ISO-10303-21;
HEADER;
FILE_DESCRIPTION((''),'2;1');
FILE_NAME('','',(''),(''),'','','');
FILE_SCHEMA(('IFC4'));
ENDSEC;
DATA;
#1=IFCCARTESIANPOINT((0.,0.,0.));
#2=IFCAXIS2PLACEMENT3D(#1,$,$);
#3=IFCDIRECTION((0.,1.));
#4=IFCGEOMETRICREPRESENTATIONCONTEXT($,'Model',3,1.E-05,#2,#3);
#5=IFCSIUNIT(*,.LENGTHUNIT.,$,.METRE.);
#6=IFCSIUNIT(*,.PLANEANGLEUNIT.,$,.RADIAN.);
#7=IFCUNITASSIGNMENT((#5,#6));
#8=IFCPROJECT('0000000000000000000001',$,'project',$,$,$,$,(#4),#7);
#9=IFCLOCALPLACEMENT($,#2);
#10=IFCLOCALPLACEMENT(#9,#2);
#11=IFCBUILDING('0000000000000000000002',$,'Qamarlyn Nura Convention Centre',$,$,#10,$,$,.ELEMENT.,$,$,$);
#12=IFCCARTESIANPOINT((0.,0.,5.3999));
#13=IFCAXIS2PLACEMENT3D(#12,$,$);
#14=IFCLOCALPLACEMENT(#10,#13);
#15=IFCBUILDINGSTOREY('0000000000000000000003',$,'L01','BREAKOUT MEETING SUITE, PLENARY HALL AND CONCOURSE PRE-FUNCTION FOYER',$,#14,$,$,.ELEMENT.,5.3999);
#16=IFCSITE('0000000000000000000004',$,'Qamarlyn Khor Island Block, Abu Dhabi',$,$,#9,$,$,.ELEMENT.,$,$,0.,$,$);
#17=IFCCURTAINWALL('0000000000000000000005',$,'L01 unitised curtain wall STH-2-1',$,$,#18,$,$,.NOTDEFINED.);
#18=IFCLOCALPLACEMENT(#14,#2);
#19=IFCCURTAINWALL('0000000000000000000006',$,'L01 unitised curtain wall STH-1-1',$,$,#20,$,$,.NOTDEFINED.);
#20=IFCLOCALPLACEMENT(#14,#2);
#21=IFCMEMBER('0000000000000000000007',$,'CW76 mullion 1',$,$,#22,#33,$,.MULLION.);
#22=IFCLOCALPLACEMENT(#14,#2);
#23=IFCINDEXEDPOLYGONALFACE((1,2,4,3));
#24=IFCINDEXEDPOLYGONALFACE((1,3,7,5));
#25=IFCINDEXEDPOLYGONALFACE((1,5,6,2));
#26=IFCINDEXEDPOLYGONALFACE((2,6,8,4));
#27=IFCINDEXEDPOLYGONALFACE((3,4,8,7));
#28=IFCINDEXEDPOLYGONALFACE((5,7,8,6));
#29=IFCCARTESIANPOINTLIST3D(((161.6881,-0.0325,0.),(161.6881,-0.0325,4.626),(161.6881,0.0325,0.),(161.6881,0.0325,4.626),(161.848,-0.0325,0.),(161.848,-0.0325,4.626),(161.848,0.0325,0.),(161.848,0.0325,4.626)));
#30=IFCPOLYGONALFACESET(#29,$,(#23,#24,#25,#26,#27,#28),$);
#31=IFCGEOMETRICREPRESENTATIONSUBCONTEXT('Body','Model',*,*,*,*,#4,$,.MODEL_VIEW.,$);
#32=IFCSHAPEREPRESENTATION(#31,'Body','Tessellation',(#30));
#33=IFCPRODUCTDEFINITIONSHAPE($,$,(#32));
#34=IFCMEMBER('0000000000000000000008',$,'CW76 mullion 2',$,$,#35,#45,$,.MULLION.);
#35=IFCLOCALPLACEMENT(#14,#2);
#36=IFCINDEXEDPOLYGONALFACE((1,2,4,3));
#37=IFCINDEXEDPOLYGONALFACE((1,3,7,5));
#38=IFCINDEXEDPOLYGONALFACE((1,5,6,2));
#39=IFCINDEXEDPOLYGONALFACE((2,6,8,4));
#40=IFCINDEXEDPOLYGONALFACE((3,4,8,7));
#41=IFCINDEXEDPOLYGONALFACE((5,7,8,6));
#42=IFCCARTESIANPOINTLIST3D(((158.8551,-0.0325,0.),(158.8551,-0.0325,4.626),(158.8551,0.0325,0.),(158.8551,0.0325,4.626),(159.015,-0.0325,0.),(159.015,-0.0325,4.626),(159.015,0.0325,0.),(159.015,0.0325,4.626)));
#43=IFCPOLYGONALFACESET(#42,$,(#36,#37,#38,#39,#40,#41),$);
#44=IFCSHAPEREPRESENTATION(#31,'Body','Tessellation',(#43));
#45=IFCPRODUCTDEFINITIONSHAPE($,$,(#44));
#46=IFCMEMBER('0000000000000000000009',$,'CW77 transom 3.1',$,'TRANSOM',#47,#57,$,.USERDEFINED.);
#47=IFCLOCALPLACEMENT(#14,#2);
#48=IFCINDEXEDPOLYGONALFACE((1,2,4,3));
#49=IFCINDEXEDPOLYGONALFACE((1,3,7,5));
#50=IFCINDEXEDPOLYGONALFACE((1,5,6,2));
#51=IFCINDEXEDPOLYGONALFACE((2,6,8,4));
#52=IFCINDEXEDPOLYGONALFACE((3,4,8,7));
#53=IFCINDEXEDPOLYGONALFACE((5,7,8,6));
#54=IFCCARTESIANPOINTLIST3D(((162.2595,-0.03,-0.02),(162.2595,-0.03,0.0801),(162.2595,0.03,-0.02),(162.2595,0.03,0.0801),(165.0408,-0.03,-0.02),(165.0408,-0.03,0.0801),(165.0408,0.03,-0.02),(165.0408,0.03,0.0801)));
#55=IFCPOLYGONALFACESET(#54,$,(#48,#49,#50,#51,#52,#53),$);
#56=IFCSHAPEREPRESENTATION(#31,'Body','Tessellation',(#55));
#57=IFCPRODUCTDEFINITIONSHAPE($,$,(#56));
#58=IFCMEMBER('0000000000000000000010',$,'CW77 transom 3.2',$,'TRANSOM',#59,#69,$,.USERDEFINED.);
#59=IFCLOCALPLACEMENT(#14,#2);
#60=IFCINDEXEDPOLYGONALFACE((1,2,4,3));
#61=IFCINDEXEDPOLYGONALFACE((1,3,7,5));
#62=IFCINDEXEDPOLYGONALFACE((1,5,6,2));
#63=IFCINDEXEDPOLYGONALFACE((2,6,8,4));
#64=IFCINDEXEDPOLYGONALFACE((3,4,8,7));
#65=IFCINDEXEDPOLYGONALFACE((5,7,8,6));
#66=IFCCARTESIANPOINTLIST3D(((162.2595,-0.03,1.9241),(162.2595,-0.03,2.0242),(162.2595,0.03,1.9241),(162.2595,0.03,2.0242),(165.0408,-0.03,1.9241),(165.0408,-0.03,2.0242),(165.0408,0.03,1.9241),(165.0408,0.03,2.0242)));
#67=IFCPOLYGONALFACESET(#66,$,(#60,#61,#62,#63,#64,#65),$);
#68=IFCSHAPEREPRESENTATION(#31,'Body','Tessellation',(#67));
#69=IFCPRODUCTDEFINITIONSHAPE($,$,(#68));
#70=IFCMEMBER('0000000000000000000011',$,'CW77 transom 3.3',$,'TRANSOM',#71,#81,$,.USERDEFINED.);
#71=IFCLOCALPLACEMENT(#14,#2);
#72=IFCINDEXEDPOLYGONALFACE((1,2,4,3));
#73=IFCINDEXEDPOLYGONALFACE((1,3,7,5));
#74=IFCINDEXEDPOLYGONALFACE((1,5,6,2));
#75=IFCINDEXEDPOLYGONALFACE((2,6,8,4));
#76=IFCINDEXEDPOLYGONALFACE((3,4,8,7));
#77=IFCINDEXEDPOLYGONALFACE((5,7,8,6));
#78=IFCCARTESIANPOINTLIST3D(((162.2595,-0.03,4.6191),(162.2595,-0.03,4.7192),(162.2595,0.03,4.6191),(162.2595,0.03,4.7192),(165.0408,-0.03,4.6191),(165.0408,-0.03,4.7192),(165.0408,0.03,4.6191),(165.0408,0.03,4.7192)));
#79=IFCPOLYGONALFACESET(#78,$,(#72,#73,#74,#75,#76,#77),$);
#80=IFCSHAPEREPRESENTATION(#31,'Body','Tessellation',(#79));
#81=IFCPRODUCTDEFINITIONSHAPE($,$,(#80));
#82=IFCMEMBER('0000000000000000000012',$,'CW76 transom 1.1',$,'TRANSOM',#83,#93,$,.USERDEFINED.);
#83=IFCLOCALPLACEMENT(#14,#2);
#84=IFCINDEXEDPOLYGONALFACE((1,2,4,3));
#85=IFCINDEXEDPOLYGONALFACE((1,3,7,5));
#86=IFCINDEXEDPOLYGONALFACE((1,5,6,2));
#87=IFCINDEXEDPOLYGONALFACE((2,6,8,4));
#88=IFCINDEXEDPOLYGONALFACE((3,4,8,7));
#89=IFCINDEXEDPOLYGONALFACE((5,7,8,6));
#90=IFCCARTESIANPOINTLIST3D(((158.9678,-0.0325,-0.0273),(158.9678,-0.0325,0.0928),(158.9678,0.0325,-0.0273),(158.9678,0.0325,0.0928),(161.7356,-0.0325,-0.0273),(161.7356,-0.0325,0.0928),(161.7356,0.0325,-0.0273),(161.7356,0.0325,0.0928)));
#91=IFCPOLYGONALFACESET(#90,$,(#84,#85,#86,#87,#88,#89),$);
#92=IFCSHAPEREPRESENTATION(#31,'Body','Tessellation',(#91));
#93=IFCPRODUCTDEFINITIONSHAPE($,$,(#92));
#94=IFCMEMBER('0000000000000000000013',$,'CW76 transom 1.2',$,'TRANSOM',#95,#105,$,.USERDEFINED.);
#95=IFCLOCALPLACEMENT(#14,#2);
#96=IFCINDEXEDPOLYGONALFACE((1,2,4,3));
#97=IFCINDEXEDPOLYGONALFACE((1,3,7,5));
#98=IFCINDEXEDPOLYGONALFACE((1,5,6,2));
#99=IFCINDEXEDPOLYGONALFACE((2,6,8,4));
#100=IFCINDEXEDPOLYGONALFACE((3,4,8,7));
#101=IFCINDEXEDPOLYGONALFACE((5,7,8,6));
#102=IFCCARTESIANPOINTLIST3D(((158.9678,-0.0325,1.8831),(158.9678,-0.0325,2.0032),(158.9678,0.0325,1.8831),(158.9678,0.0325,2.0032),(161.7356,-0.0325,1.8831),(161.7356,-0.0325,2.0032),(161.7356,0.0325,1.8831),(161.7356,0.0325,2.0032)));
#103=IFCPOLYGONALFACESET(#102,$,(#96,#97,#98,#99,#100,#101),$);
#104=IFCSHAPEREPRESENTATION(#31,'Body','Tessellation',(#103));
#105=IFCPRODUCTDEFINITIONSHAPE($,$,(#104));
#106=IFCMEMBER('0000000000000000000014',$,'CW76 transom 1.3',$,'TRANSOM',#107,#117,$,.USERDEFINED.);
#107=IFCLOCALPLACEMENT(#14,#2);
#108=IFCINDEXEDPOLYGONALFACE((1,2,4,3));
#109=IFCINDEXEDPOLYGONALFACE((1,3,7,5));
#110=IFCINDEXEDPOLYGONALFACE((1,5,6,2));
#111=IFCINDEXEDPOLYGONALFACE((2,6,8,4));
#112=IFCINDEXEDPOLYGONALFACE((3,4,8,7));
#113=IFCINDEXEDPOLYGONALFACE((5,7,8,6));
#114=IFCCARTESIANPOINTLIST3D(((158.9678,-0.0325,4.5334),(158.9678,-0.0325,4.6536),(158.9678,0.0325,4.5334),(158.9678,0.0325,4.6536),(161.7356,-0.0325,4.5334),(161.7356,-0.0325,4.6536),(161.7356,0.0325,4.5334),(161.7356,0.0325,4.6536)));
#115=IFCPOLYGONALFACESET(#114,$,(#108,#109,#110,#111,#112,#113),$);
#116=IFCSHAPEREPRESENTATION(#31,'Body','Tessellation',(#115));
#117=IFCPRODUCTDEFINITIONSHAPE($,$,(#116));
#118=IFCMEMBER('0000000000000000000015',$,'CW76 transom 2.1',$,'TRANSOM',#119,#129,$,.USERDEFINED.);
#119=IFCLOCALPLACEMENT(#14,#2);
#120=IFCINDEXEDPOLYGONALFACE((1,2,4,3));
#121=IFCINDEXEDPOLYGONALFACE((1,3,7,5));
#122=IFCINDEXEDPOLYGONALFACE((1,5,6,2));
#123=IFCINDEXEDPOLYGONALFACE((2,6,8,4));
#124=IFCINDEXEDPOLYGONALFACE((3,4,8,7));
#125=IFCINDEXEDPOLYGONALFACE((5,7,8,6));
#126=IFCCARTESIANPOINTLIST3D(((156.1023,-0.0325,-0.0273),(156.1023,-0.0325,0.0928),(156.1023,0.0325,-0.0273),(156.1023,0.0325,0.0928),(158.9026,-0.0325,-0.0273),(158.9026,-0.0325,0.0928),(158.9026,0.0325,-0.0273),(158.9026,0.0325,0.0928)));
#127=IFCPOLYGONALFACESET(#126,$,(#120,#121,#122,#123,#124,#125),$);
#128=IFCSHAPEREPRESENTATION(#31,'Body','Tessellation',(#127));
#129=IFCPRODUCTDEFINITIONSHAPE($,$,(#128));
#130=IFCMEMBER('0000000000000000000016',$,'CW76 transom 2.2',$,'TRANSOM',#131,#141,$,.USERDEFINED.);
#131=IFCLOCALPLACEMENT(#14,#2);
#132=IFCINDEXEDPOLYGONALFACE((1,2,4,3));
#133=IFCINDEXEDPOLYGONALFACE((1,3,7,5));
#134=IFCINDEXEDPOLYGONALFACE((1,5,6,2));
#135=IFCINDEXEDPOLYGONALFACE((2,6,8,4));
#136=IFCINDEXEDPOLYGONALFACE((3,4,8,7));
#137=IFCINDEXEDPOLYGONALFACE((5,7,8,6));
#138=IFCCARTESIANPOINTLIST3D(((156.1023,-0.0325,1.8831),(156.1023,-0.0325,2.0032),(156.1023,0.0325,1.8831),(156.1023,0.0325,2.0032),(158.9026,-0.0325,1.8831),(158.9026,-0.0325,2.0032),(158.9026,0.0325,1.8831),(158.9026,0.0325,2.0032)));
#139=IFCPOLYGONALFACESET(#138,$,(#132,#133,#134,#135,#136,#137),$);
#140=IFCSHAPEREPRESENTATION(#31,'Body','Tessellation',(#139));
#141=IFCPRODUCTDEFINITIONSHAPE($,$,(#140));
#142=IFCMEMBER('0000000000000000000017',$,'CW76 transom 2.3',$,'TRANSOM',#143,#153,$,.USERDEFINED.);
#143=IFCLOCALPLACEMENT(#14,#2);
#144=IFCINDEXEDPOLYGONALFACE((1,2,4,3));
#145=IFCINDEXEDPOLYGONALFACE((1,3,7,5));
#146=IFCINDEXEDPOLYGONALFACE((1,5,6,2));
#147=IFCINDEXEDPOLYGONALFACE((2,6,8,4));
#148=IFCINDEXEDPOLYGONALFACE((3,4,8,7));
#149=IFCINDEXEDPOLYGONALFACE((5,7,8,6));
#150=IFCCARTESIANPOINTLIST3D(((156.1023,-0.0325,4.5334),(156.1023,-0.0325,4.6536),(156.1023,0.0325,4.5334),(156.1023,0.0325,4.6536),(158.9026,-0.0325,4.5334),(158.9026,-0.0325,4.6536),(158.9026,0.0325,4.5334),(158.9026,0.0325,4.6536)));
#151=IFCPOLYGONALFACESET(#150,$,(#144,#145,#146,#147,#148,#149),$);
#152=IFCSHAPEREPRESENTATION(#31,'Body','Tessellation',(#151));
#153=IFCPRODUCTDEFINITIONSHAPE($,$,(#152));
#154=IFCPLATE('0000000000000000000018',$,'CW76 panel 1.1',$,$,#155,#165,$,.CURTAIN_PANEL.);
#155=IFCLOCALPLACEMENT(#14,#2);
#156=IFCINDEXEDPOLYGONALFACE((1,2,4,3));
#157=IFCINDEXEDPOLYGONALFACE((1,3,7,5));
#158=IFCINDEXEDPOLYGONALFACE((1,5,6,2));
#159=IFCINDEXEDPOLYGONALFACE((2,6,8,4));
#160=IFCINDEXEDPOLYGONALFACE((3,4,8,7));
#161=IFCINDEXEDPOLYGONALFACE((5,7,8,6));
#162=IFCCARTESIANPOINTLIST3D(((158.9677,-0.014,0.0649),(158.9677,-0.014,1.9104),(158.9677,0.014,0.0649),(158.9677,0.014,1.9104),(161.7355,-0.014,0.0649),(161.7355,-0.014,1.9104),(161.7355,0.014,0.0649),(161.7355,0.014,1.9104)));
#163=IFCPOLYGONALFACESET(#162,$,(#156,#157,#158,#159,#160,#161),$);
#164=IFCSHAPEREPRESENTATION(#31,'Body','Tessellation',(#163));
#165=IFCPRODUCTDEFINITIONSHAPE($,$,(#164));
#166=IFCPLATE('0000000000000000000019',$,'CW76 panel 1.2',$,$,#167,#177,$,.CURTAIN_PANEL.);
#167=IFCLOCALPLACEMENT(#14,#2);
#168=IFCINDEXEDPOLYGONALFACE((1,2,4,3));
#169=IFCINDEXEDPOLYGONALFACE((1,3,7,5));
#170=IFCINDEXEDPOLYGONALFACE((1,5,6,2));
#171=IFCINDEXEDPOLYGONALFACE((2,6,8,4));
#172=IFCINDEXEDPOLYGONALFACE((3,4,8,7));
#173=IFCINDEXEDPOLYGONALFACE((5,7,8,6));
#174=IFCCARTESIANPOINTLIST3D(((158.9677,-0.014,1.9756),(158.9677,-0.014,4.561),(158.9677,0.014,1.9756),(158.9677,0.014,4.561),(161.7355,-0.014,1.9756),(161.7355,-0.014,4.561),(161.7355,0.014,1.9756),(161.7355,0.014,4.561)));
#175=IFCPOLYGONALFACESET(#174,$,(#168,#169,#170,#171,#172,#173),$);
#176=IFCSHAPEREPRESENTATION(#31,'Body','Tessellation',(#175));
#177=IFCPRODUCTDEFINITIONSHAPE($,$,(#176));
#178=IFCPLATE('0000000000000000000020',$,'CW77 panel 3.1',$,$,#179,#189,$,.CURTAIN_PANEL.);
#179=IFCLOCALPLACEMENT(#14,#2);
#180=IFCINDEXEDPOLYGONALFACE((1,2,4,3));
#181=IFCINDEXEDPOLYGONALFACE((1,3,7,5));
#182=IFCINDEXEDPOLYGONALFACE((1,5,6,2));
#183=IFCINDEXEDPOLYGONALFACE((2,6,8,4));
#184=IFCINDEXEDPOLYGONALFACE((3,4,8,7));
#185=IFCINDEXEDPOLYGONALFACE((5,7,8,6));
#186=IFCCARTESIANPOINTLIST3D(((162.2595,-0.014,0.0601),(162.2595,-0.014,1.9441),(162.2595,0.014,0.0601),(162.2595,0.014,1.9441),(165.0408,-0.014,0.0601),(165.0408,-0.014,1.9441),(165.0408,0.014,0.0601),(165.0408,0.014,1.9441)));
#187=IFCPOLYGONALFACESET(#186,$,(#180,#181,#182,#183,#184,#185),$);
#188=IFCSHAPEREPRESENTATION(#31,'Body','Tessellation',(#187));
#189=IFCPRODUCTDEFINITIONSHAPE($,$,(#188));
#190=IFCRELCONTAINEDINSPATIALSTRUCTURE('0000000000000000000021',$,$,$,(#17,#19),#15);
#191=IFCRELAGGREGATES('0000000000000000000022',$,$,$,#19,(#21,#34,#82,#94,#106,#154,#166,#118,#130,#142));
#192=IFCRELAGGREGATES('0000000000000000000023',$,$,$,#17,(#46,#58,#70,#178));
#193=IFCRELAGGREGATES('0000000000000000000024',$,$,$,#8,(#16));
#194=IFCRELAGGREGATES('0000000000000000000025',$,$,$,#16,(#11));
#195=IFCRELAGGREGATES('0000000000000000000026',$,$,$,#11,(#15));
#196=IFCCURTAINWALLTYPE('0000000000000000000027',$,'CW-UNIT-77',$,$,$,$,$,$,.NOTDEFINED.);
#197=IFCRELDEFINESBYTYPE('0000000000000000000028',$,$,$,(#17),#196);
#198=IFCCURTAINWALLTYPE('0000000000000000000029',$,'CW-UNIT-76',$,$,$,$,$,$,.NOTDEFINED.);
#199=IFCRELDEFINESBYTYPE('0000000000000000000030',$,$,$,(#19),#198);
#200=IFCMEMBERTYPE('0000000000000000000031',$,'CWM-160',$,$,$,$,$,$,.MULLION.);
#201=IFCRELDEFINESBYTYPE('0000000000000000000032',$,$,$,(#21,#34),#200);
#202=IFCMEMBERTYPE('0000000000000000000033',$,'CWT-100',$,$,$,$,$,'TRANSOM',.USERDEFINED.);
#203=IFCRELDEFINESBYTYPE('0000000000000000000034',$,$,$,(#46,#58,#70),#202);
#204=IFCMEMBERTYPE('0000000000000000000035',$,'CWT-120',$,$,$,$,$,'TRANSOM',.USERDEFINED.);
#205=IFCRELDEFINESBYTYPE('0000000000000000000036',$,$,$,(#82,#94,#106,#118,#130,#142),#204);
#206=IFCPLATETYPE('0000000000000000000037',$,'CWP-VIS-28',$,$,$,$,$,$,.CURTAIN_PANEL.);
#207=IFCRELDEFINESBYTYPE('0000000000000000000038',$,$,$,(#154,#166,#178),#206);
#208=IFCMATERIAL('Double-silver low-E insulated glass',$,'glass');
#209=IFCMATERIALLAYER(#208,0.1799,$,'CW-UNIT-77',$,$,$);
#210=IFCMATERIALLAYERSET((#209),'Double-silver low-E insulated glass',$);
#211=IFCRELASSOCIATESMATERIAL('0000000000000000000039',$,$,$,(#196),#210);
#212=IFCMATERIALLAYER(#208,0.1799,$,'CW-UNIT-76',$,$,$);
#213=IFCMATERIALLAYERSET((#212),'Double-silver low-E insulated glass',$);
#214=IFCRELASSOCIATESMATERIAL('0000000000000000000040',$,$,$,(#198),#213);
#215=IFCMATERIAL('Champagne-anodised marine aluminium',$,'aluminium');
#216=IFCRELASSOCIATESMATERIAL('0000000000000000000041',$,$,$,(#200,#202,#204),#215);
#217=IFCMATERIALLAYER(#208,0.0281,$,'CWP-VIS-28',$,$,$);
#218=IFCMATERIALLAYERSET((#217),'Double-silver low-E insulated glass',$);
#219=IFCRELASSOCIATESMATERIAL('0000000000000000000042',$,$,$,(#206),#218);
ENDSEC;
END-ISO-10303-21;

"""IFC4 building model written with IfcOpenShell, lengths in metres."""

from ifc_helpers import new_model, si_unit, direction, frame, origin, origin_2d, place, context, subcontext, project, spatial, rectangle, extrude, material, layer, layer_set, material_profile, profile_set, type_object, element, aggregate, save


model = new_model("IFC4")

# Units and contexts
model_context = context("Model", 3, precision=1e-05, world=origin(), true_north=direction((0.0, 1.0)))
body_context = subcontext(model_context, "Body", "Model", "MODEL_VIEW")
ifc_project = project(units=[si_unit("LENGTHUNIT", "METRE"), si_unit("PLANEANGLEUNIT", "RADIAN")], contexts=[model_context])

# Site, building, storey
site_placement = place(None, origin())
site = spatial("IfcSite", under=ifc_project, at=site_placement, Name="Qamarlyn Khor Island Block, Abu Dhabi", CompositionType="ELEMENT", RefElevation=0.0)
building_placement = place(site_placement, origin())
building = spatial("IfcBuilding", under=site, at=building_placement, Name="Qamarlyn Nura Convention Centre", CompositionType="ELEMENT")
storey_placement = place(building_placement, frame((0.0, 0.0, 5.3999)))
storey = spatial("IfcBuildingStorey", under=building, at=storey_placement, Name="L01", Description="BREAKOUT MEETING SUITE, PLENARY HALL AND CONCOURSE PRE-FUNCTION FOYER", CompositionType="ELEMENT", Elevation=5.3999)

# Curtain wall
ifc_material_1 = material(Name="Double-silver low-E insulated glass", Category="glass")
ifc_layer_1 = layer(ifc_material_1, 0.1799, Name="CW-UNIT-77")
ifc_layer_set_1 = layer_set([ifc_layer_1], Name="Double-silver low-E insulated glass")
curtain_wall_type_1 = type_object("IfcCurtainWallType", Name="CW-UNIT-77", PredefinedType="NOTDEFINED", material=ifc_layer_set_1)
curtain_wall_1_placement = place(storey_placement, origin())
curtain_wall_1 = element("IfcCurtainWall", 1, at=curtain_wall_1_placement, inside=storey, type_object=curtain_wall_type_1, Name="L01 unitised curtain wall STH-2-1", PredefinedType="NOTDEFINED")
ifc_material_2 = material(Name="Champagne-anodised marine aluminium", Category="aluminium")

# Curtain wall, members
ifc_layer_2 = layer(ifc_material_1, 0.1799, Name="CW-UNIT-76")
ifc_layer_set_2 = layer_set([ifc_layer_2], Name="Double-silver low-E insulated glass")
curtain_wall_type_2 = type_object("IfcCurtainWallType", Name="CW-UNIT-76", PredefinedType="NOTDEFINED", material=ifc_layer_set_2)
curtain_wall_2_placement = place(storey_placement, origin())
curtain_wall_2 = element("IfcCurtainWall", 2, at=curtain_wall_2_placement, inside=storey, type_object=curtain_wall_type_2, Name="L01 unitised curtain wall STH-1-1", PredefinedType="NOTDEFINED")
ifc_material_profile_1 = material_profile(ifc_material_2, rectangle(XDim=0.0649, YDim=0.1599, at=origin_2d()), Name="ALU MULLION 65x160")
ifc_profile_set_1 = profile_set([ifc_material_profile_1], Name="Champagne-anodised marine aluminium")
member_type_1 = type_object("IfcMemberType", Name="CWM-160", PredefinedType="MULLION", material=ifc_profile_set_1)
member_1_placement = place(storey_placement, frame((161.7681, 0.0, 0.0), z_axis=(0.0, 0.0, 1.0), x_axis=(0.0, -1.0, 0.0)))
member_1 = element("IfcMember", 3, at=member_1_placement, type_object=member_type_1, Name="CW76 mullion 1", PredefinedType="MULLION", context=body_context, shape_type="SweptSolid", body=[
    extrude(rectangle(XDim=0.0649, YDim=0.1599, at=origin_2d()), origin(), (0.0, 0.0, 1.0), 4.626),
])
member_2_placement = place(storey_placement, frame((158.9351, 0.0, 0.0), z_axis=(0.0, 0.0, 1.0), x_axis=(0.0, -1.0, 0.0)))
member_2 = element("IfcMember", 4, at=member_2_placement, type_object=member_type_1, Name="CW76 mullion 2", PredefinedType="MULLION", context=body_context, shape_type="SweptSolid", body=[
    extrude(rectangle(XDim=0.0649, YDim=0.1599, at=origin_2d()), origin(), (0.0, 0.0, 1.0), 4.626),
])

# Members
ifc_material_profile_2 = material_profile(ifc_material_2, rectangle(XDim=0.0601, YDim=0.1001, at=origin_2d()), Name="ALU TRANSOM 60x100")
ifc_profile_set_2 = profile_set([ifc_material_profile_2], Name="Champagne-anodised marine aluminium")
member_type_2 = type_object("IfcMemberType", Name="CWT-100", ElementType="TRANSOM", PredefinedType="USERDEFINED", material=ifc_profile_set_2)
member_3_placement = place(storey_placement, frame((165.0408, 0.0, 0.03), z_axis=(-1.0, 0.0, 0.0), x_axis=(0.0, -1.0, 0.0)))
member_3 = element("IfcMember", 5, at=member_3_placement, type_object=member_type_2, Name="CW77 transom 3.1", ObjectType="TRANSOM", PredefinedType="USERDEFINED", context=body_context, shape_type="SweptSolid", body=[
    extrude(rectangle(XDim=0.0601, YDim=0.1001, at=origin_2d()), origin(), (0.0, 0.0, 1.0), 2.7812),
])
member_4_placement = place(storey_placement, frame((165.0408, 0.0, 1.9741), z_axis=(-1.0, 0.0, 0.0), x_axis=(0.0, -1.0, 0.0)))
member_4 = element("IfcMember", 6, at=member_4_placement, type_object=member_type_2, Name="CW77 transom 3.2", ObjectType="TRANSOM", PredefinedType="USERDEFINED", context=body_context, shape_type="SweptSolid", body=[
    extrude(rectangle(XDim=0.0601, YDim=0.1001, at=origin_2d()), origin(), (0.0, 0.0, 1.0), 2.7812),
])
member_5_placement = place(storey_placement, frame((165.0408, 0.0, 4.6692), z_axis=(-1.0, 0.0, 0.0), x_axis=(0.0, -1.0, 0.0)))
member_5 = element("IfcMember", 7, at=member_5_placement, type_object=member_type_2, Name="CW77 transom 3.3", ObjectType="TRANSOM", PredefinedType="USERDEFINED", context=body_context, shape_type="SweptSolid", body=[
    extrude(rectangle(XDim=0.0601, YDim=0.1001, at=origin_2d()), origin(), (0.0, 0.0, 1.0), 2.7812),
])
ifc_material_profile_3 = material_profile(ifc_material_2, rectangle(XDim=0.0649, YDim=0.1201, at=origin_2d()), Name="ALU TRANSOM 65x120")
ifc_profile_set_3 = profile_set([ifc_material_profile_3], Name="Champagne-anodised marine aluminium")
member_type_3 = type_object("IfcMemberType", Name="CWT-120", ElementType="TRANSOM", PredefinedType="USERDEFINED", material=ifc_profile_set_3)
member_6_placement = place(storey_placement, frame((161.7356, 0.0, 0.0327), z_axis=(-1.0, 0.0, 0.0), x_axis=(0.0, -1.0, 0.0)))
member_6 = element("IfcMember", 8, at=member_6_placement, type_object=member_type_3, Name="CW76 transom 1.1", ObjectType="TRANSOM", PredefinedType="USERDEFINED", context=body_context, shape_type="SweptSolid", body=[
    extrude(rectangle(XDim=0.0649, YDim=0.1201, at=origin_2d()), origin(), (0.0, 0.0, 1.0), 2.7678),
])
member_7_placement = place(storey_placement, frame((161.7356, 0.0, 1.9431), z_axis=(-1.0, 0.0, 0.0), x_axis=(0.0, -1.0, 0.0)))
member_7 = element("IfcMember", 9, at=member_7_placement, type_object=member_type_3, Name="CW76 transom 1.2", ObjectType="TRANSOM", PredefinedType="USERDEFINED", context=body_context, shape_type="SweptSolid", body=[
    extrude(rectangle(XDim=0.0649, YDim=0.1201, at=origin_2d()), origin(), (0.0, 0.0, 1.0), 2.7678),
])
member_8_placement = place(storey_placement, frame((161.7356, 0.0, 4.5935), z_axis=(-1.0, 0.0, 0.0), x_axis=(0.0, -1.0, 0.0)))
member_8 = element("IfcMember", 10, at=member_8_placement, type_object=member_type_3, Name="CW76 transom 1.3", ObjectType="TRANSOM", PredefinedType="USERDEFINED", context=body_context, shape_type="SweptSolid", body=[
    extrude(rectangle(XDim=0.0649, YDim=0.1201, at=origin_2d()), origin(), (0.0, 0.0, 1.0), 2.7678),
])
member_9_placement = place(storey_placement, frame((158.9026, 0.0, 0.0327), z_axis=(-1.0, 0.0, 0.0), x_axis=(0.0, -1.0, 0.0)))
member_9 = element("IfcMember", 11, at=member_9_placement, type_object=member_type_3, Name="CW76 transom 2.1", ObjectType="TRANSOM", PredefinedType="USERDEFINED", context=body_context, shape_type="SweptSolid", body=[
    extrude(rectangle(XDim=0.0649, YDim=0.1201, at=origin_2d()), origin(), (0.0, 0.0, 1.0), 2.8003),
])
member_10_placement = place(storey_placement, frame((158.9026, 0.0, 1.9431), z_axis=(-1.0, 0.0, 0.0), x_axis=(0.0, -1.0, 0.0)))
member_10 = element("IfcMember", 12, at=member_10_placement, type_object=member_type_3, Name="CW76 transom 2.2", ObjectType="TRANSOM", PredefinedType="USERDEFINED", context=body_context, shape_type="SweptSolid", body=[
    extrude(rectangle(XDim=0.0649, YDim=0.1201, at=origin_2d()), origin(), (0.0, 0.0, 1.0), 2.8003),
])
member_11_placement = place(storey_placement, frame((158.9026, 0.0, 4.5935), z_axis=(-1.0, 0.0, 0.0), x_axis=(0.0, -1.0, 0.0)))
member_11 = element("IfcMember", 13, at=member_11_placement, type_object=member_type_3, Name="CW76 transom 2.3", ObjectType="TRANSOM", PredefinedType="USERDEFINED", context=body_context, shape_type="SweptSolid", body=[
    extrude(rectangle(XDim=0.0649, YDim=0.1201, at=origin_2d()), origin(), (0.0, 0.0, 1.0), 2.8003),
])

# Plates
ifc_layer_3 = layer(ifc_material_1, 0.0281, Name="CWP-VIS-28")
ifc_layer_set_3 = layer_set([ifc_layer_3], Name="Double-silver low-E insulated glass")
plate_type = type_object("IfcPlateType", Name="CWP-VIS-28", PredefinedType="CURTAIN_PANEL", material=ifc_layer_set_3)
plate_1_placement = place(storey_placement, frame((160.3516, 0.0, 0.0649), z_axis=(0.0, 0.0, 1.0), x_axis=(-1.0, 0.0, 0.0)))
plate_1 = element("IfcPlate", 14, at=plate_1_placement, type_object=plate_type, Name="CW76 panel 1.1", PredefinedType="CURTAIN_PANEL", context=body_context, shape_type="SweptSolid", body=[
    extrude(rectangle(XDim=2.7678, YDim=0.0281, at=origin_2d()), origin(), (0.0, 0.0, 1.0), 1.8455),
])
plate_2_placement = place(storey_placement, frame((160.3516, 0.0, 1.9756), z_axis=(0.0, 0.0, 1.0), x_axis=(-1.0, 0.0, 0.0)))
plate_2 = element("IfcPlate", 15, at=plate_2_placement, type_object=plate_type, Name="CW76 panel 1.2", PredefinedType="CURTAIN_PANEL", context=body_context, shape_type="SweptSolid", body=[
    extrude(rectangle(XDim=2.7678, YDim=0.0281, at=origin_2d()), origin(), (0.0, 0.0, 1.0), 2.5854),
])
aggregate(curtain_wall_2, [member_1, member_2, member_6, member_7, member_8, plate_1, plate_2, member_9, member_10, member_11])
plate_3_placement = place(storey_placement, frame((163.6501, 0.0, 0.0601), z_axis=(0.0, 0.0, 1.0), x_axis=(-1.0, 0.0, 0.0)))
plate_3 = element("IfcPlate", 16, at=plate_3_placement, type_object=plate_type, Name="CW77 panel 3.1", PredefinedType="CURTAIN_PANEL", context=body_context, shape_type="SweptSolid", body=[
    extrude(rectangle(XDim=2.7812, YDim=0.0281, at=origin_2d()), origin(), (0.0, 0.0, 1.0), 1.884),
])
aggregate(curtain_wall_1, [member_3, member_4, member_5, plate_3])

save(model, "model.ifc")
